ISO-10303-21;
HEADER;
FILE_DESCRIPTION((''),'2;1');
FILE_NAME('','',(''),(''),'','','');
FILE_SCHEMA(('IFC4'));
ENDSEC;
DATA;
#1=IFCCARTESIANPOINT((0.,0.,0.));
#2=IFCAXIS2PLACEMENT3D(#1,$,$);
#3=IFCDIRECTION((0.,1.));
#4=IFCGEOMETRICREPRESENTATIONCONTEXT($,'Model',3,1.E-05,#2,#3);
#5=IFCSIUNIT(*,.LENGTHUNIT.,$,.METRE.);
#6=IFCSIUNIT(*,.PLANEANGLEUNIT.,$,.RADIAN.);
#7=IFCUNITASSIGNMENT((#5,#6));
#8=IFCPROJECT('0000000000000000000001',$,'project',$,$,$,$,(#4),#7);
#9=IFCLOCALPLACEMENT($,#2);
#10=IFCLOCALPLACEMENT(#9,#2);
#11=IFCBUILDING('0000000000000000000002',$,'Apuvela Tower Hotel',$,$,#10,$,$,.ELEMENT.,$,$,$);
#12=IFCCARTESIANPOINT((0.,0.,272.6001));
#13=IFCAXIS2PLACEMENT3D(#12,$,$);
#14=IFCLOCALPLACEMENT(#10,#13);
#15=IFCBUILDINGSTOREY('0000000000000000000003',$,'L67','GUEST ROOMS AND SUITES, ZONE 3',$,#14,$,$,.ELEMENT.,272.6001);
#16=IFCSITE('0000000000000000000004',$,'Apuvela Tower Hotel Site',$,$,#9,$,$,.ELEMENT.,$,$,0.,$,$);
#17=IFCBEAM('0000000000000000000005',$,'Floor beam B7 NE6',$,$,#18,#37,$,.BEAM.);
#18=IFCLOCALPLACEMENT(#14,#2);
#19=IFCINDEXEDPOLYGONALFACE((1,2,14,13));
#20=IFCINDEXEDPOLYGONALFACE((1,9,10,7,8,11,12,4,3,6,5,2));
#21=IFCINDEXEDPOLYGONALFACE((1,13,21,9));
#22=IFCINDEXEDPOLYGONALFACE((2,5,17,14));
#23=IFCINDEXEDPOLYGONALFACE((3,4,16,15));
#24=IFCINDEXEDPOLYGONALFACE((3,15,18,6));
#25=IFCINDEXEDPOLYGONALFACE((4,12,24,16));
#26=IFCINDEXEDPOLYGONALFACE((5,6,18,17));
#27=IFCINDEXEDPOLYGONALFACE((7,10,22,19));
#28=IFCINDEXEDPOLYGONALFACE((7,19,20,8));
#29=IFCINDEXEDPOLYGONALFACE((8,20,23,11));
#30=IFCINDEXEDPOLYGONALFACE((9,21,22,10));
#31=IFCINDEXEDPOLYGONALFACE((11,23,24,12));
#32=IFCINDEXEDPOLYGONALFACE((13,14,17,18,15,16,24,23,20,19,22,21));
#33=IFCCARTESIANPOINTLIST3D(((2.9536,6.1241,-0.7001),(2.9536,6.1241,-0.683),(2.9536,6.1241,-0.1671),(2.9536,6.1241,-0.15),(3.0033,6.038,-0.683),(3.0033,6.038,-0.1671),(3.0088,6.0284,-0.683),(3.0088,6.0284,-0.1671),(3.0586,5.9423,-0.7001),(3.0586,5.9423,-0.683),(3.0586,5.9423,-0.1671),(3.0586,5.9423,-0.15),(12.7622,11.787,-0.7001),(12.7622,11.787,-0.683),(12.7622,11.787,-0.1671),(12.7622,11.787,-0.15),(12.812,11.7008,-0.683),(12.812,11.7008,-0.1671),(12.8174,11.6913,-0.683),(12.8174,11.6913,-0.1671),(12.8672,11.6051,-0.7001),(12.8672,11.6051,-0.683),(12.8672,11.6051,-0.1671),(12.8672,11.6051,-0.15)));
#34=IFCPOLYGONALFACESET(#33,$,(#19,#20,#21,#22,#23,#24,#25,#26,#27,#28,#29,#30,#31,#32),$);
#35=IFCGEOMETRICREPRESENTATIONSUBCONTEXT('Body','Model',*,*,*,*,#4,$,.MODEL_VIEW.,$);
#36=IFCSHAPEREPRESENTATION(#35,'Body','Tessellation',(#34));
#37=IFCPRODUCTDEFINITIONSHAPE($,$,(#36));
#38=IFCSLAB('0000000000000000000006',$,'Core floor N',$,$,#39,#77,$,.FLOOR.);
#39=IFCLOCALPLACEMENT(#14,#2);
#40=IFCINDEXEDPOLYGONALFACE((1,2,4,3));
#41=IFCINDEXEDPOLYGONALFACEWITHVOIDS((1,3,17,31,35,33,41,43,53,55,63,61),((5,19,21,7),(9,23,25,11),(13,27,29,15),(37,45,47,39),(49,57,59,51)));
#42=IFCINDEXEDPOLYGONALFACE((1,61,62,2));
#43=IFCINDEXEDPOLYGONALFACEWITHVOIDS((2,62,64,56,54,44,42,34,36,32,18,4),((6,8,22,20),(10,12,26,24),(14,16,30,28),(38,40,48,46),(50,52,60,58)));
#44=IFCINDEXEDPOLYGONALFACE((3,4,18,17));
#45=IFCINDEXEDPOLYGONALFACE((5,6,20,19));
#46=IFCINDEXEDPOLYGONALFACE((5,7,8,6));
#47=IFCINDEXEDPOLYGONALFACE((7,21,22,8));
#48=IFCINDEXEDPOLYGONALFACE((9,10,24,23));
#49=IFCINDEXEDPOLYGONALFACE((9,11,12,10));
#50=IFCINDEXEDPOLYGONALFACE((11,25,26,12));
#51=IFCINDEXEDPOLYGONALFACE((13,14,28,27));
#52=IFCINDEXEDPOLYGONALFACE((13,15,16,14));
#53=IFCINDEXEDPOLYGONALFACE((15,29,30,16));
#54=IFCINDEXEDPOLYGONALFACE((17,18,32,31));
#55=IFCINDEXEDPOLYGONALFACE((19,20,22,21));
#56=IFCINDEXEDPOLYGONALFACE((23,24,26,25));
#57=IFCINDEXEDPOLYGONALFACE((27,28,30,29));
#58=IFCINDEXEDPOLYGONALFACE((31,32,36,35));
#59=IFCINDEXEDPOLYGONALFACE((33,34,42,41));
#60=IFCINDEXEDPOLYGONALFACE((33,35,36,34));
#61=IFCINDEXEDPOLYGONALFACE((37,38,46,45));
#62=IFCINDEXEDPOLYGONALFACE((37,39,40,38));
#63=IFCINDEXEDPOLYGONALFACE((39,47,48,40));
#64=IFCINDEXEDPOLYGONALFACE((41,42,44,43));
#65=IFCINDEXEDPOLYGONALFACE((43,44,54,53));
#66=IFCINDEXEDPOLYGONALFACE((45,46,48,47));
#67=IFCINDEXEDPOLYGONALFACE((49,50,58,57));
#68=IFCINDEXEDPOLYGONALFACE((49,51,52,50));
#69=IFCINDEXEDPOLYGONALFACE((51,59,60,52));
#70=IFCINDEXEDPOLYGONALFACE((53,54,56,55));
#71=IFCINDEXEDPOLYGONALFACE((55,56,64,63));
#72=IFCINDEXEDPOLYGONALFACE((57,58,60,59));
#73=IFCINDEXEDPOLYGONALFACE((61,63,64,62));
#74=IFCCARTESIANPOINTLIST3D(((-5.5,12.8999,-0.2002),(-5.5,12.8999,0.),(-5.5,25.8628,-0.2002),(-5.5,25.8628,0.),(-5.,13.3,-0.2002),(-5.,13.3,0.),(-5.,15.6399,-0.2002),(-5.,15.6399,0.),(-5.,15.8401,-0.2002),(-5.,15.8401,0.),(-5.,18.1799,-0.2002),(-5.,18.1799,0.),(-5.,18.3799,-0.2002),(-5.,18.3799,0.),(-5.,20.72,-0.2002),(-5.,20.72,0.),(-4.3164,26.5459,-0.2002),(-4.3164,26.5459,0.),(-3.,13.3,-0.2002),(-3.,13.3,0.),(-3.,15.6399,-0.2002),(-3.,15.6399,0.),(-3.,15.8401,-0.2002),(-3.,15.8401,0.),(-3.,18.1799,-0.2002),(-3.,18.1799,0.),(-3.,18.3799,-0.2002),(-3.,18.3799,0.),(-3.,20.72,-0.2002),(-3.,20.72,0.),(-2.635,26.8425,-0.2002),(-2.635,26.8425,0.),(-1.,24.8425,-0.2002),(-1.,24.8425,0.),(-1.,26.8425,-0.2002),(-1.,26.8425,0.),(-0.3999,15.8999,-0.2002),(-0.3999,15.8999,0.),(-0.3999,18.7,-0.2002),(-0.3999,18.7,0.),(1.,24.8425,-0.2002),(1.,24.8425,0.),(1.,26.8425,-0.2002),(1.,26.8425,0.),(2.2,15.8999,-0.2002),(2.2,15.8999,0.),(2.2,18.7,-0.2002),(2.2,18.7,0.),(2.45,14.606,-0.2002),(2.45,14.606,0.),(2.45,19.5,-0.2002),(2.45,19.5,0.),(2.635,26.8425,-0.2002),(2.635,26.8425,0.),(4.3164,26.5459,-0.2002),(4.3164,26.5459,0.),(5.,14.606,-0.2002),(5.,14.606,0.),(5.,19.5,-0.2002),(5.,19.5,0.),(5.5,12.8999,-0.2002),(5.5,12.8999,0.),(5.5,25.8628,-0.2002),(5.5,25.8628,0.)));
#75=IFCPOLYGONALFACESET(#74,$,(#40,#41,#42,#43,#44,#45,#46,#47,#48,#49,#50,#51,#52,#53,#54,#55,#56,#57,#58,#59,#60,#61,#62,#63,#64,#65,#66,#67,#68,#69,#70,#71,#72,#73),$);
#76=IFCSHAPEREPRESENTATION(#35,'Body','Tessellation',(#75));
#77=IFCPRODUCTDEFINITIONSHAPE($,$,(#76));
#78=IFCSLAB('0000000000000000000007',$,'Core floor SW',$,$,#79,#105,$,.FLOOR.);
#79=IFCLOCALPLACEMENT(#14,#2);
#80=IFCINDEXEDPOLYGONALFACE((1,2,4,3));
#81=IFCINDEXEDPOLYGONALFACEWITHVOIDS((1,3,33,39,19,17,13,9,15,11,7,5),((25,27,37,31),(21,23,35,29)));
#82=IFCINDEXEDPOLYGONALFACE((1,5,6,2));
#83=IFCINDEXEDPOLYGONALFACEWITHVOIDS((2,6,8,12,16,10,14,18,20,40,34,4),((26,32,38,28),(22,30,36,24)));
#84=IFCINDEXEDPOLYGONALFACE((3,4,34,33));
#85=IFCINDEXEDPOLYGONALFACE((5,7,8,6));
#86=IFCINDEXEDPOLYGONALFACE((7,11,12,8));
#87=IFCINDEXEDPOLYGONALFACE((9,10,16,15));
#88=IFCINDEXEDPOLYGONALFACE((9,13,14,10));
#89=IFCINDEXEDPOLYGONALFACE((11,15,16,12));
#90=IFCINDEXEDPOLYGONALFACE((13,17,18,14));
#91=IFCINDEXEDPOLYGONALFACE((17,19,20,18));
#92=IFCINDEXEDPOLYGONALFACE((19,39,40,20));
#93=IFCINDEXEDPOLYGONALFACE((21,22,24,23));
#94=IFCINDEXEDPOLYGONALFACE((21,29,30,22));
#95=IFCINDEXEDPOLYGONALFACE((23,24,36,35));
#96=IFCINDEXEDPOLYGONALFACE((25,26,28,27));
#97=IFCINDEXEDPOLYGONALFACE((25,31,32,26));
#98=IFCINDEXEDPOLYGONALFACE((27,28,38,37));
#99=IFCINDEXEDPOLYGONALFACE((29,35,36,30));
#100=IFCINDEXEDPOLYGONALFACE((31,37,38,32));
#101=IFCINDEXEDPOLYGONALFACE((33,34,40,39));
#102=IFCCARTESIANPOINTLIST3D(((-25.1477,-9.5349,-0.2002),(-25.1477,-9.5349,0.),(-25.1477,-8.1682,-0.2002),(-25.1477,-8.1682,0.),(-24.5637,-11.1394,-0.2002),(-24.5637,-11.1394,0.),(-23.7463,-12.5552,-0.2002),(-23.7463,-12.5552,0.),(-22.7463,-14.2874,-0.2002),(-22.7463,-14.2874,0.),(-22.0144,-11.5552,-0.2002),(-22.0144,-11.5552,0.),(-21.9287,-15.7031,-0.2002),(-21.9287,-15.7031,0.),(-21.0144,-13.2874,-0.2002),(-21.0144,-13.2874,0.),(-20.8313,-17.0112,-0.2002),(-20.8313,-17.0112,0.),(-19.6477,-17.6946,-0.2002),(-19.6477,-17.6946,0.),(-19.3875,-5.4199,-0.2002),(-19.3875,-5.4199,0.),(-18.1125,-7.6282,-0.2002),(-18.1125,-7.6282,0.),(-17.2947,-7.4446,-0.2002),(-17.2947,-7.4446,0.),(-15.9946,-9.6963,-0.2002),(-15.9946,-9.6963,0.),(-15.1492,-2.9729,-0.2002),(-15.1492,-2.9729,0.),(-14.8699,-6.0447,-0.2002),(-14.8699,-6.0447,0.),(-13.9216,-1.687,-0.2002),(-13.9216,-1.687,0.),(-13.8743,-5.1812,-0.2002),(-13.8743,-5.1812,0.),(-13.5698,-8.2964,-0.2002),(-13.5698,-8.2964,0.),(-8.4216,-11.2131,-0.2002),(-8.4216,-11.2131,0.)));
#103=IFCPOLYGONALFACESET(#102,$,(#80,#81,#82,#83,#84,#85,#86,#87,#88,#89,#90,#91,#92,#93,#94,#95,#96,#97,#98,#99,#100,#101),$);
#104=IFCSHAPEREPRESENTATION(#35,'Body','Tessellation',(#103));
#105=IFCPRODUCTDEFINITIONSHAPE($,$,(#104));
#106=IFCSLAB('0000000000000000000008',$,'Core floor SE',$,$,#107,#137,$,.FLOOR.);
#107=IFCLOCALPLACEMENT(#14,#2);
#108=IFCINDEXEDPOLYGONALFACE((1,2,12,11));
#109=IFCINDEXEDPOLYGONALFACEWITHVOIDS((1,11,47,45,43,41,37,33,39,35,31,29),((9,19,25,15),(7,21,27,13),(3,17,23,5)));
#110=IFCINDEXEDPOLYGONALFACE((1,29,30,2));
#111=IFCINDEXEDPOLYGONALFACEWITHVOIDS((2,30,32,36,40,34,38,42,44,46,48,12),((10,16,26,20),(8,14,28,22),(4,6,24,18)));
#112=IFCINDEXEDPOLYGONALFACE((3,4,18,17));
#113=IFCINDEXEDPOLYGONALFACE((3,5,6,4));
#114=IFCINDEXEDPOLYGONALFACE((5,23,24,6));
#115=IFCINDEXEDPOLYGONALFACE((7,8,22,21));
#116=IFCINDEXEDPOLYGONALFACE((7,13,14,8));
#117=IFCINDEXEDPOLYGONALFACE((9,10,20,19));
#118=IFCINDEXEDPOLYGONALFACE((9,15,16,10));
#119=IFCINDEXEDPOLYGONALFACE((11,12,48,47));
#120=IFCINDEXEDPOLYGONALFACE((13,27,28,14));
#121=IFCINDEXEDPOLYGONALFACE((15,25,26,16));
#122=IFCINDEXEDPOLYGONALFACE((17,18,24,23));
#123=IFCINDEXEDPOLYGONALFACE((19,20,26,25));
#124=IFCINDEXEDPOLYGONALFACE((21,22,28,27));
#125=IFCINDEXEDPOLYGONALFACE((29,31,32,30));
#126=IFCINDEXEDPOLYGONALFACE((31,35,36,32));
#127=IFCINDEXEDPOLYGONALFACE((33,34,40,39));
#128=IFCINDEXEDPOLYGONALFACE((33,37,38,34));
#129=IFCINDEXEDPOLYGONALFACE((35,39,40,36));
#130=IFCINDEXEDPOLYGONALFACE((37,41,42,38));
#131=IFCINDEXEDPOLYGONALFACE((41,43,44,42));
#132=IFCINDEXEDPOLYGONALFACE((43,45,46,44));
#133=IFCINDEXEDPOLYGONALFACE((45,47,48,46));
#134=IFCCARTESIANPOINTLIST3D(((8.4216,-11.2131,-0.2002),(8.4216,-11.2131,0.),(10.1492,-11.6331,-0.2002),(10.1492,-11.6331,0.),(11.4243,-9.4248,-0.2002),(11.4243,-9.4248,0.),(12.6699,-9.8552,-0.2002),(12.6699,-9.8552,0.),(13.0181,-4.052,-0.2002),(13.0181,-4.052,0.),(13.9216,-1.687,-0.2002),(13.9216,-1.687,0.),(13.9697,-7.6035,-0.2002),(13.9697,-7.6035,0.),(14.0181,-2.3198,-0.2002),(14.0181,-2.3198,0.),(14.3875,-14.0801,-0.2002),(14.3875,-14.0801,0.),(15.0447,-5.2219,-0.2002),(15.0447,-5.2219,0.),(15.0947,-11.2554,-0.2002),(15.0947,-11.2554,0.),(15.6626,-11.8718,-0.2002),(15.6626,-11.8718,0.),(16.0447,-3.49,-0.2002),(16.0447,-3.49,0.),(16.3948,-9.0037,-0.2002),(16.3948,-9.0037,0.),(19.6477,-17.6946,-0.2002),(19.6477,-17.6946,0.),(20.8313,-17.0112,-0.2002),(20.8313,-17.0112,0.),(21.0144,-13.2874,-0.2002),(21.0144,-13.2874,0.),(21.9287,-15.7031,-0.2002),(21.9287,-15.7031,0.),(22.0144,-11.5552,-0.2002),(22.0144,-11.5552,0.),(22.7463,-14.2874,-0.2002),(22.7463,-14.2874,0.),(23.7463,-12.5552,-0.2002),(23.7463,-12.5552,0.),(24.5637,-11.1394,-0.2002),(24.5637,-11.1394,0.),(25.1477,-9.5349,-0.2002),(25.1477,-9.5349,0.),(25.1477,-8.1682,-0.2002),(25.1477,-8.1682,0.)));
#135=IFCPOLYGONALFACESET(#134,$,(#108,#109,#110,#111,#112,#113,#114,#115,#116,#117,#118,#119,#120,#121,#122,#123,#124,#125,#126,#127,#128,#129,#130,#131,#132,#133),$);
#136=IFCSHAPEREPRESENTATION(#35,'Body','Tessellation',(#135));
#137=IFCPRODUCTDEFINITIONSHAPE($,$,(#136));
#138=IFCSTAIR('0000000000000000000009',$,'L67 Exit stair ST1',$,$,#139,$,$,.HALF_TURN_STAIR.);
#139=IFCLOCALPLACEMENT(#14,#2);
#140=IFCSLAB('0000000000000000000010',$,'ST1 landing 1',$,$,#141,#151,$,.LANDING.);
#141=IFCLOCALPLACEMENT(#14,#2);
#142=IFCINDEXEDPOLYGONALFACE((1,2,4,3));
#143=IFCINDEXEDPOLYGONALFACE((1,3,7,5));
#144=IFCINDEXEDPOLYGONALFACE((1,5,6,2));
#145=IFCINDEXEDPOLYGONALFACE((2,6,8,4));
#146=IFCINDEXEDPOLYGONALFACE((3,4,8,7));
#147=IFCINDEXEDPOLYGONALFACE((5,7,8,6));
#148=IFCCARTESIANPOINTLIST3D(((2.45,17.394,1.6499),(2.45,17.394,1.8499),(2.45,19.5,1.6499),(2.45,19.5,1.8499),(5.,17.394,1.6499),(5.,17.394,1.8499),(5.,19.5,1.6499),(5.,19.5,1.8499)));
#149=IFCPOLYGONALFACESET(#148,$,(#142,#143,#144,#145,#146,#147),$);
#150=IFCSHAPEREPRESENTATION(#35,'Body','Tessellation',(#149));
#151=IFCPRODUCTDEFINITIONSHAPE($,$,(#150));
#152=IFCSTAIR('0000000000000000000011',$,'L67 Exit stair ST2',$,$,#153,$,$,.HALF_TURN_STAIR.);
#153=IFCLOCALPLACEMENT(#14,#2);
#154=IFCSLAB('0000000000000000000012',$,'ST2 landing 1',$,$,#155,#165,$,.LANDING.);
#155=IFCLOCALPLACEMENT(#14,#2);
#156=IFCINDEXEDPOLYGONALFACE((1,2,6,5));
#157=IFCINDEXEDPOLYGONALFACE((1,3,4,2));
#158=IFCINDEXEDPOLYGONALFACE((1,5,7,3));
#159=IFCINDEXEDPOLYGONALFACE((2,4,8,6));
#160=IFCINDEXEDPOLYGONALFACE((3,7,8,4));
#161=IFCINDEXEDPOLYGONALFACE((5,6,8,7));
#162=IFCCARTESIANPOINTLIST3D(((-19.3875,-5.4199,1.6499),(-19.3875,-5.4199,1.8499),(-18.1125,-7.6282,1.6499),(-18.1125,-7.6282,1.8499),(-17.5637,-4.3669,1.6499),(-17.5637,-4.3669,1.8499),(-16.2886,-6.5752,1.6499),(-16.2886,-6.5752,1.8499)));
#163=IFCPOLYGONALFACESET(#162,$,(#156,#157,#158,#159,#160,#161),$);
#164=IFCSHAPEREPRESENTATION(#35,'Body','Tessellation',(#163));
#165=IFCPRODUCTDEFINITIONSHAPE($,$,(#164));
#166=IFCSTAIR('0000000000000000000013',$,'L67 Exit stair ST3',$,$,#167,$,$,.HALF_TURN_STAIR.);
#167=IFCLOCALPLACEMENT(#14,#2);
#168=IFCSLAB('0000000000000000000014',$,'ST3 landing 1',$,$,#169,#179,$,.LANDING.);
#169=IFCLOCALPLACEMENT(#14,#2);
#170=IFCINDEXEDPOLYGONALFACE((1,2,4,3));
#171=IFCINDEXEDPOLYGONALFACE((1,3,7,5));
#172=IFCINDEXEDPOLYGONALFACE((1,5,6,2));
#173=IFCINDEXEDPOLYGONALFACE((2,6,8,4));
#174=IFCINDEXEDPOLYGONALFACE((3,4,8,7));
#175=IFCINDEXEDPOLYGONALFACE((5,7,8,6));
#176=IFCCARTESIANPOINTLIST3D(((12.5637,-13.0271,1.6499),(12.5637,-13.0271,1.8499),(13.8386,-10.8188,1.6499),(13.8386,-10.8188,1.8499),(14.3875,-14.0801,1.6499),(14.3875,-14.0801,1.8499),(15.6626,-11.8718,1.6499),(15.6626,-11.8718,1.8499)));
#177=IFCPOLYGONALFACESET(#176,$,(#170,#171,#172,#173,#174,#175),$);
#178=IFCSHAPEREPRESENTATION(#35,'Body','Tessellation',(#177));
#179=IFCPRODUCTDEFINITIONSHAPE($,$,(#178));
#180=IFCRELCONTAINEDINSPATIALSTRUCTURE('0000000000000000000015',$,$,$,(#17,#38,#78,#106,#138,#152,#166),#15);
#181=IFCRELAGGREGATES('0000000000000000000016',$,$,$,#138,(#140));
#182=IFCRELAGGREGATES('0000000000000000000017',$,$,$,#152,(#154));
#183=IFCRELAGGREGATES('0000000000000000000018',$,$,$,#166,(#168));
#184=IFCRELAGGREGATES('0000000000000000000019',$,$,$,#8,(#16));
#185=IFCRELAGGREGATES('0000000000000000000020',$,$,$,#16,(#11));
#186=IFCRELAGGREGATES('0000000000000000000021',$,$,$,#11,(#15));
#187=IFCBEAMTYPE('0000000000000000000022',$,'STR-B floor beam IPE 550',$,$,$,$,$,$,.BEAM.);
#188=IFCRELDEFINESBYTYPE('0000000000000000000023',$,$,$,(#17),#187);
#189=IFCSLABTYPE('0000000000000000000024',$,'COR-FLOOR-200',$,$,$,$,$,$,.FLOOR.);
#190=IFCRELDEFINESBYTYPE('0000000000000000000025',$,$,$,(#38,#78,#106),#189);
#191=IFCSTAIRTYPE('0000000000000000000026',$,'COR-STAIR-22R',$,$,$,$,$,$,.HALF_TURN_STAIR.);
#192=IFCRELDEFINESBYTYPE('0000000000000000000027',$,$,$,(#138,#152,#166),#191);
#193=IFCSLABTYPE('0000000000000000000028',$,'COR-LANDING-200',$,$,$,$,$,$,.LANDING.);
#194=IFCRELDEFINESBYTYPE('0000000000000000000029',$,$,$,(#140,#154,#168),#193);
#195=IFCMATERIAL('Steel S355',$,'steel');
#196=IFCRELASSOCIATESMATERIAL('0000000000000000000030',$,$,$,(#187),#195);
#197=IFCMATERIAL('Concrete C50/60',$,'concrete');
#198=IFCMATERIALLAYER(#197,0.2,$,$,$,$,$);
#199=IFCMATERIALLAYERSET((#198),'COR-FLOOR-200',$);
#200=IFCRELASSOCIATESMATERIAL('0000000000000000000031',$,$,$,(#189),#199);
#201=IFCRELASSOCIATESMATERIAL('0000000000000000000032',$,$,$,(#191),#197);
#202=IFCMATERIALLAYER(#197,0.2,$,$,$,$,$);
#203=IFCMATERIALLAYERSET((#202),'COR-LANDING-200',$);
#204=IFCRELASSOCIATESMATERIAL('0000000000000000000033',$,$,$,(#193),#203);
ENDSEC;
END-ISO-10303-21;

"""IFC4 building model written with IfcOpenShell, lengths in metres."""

from ifc_helpers import new_model, si_unit, direction, frame, origin, origin_2d, place, context, subcontext, project, spatial, polyline, i_section, outline, extrude, material, layer, layer_set, material_profile, profile_set, type_object, element, aggregate, save


model = new_model("IFC4")

# Units and contexts
model_context = context("Model", 3, precision=1e-05, world=origin(), true_north=direction((0.0, 1.0)))
body_context = subcontext(model_context, "Body", "Model", "MODEL_VIEW")
ifc_project = project(units=[si_unit("LENGTHUNIT", "METRE"), si_unit("PLANEANGLEUNIT", "RADIAN")], contexts=[model_context])

# Site, building, storey
site_placement = place(None, origin())
site = spatial("IfcSite", under=ifc_project, at=site_placement, Name="Apuvela Tower Hotel Site", CompositionType="ELEMENT", RefElevation=0.0)
building_placement = place(site_placement, origin())
building = spatial("IfcBuilding", under=site, at=building_placement, Name="Apuvela Tower Hotel", CompositionType="ELEMENT")
storey_placement = place(building_placement, frame((0.0, 0.0, 272.6001)))
storey = spatial("IfcBuildingStorey", under=building, at=storey_placement, Name="L67", Description="GUEST ROOMS AND SUITES, ZONE 3", CompositionType="ELEMENT", Elevation=272.6001)

# Beam
ifc_material_1 = material(Name="Steel S355", Category="steel")
ifc_material_profile = material_profile(ifc_material_1, i_section(OverallWidth=0.21, OverallDepth=0.55, WebThickness=0.011, FlangeThickness=0.0171, at=origin_2d()), Name="IPE 550")
ifc_profile_set = profile_set([ifc_material_profile], Name="Steel S355")
beam_type = type_object("IfcBeamType", Name="STR-B floor beam IPE 550", PredefinedType="BEAM", material=ifc_profile_set)
beam_placement = place(storey_placement, frame((12.8147, 11.696, -0.425), z_axis=(-0.866031, -0.49999, 0.0), x_axis=(0.49999, -0.866031, 0.0)))
element("IfcBeam", 1, at=beam_placement, inside=storey, type_object=beam_type, Name="Floor beam B7 NE6", PredefinedType="BEAM", context=body_context, shape_type="SweptSolid", body=[
    extrude(i_section(OverallWidth=0.21, OverallDepth=0.55, WebThickness=0.011, FlangeThickness=0.0171, at=origin_2d()), origin(), (0.0, 0.0, 1.0), 11.3259),
])

# Slabs
ifc_material_2 = material(Name="Concrete C50/60", Category="concrete")
ifc_layer_1 = layer(ifc_material_2, 0.2)
ifc_layer_set_1 = layer_set([ifc_layer_1], Name="COR-FLOOR-200")
slab_type_1 = type_object("IfcSlabType", Name="COR-FLOOR-200", PredefinedType="FLOOR", material=ifc_layer_set_1)
slab_1_placement = place(storey_placement, frame((0.0, 0.0, -0.2002)))
element("IfcSlab", 2, at=slab_1_placement, inside=storey, type_object=slab_type_1, Name="Core floor N", PredefinedType="FLOOR", context=body_context, shape_type="SweptSolid", body=[
    extrude(outline(polyline([(5.5, 25.8628), (4.3164, 26.5459), (2.635, 26.8425), (1.0, 26.8425), (1.0, 24.8425), (-1.0, 24.8425), (-1.0, 26.8425), (-2.635, 26.8425), (-4.3164, 26.5459), (-5.5, 25.8628), (-5.5, 12.8999), (5.5, 12.8999), (5.5, 25.8628)]), holes=[polyline([(-3.0, 13.3), (-5.0, 13.3), (-5.0, 15.6399), (-3.0, 15.6399), (-3.0, 13.3)]), polyline([(-3.0, 15.8401), (-5.0, 15.8401), (-5.0, 18.1799), (-3.0, 18.1799), (-3.0, 15.8401)]), polyline([(5.0, 14.606), (2.45, 14.606), (2.45, 19.5), (5.0, 19.5), (5.0, 14.606)]), polyline([(2.2, 18.7), (2.2, 15.8999), (-0.3999, 15.8999), (-0.3999, 18.7), (2.2, 18.7)]), polyline([(-3.0, 20.72), (-3.0, 18.3799), (-5.0, 18.3799), (-5.0, 20.72), (-3.0, 20.72)])]), origin(), (0.0, 0.0, 1.0), 0.2002),
])
slab_2_placement = place(storey_placement, frame((0.0, 0.0, -0.2002)))
element("IfcSlab", 3, at=slab_2_placement, inside=storey, type_object=slab_type_1, Name="Core floor SW", PredefinedType="FLOOR", context=body_context, shape_type="SweptSolid", body=[
    extrude(outline(polyline([(-25.1477, -8.1682), (-25.1477, -9.5349), (-24.5637, -11.1394), (-23.7463, -12.5552), (-22.0144, -11.5552), (-21.0144, -13.2874), (-22.7463, -14.2874), (-21.9287, -15.7031), (-20.8313, -17.0112), (-19.6477, -17.6946), (-8.4216, -11.2131), (-13.9216, -1.687), (-25.1477, -8.1682)]), holes=[polyline([(-13.8743, -5.1812), (-18.1125, -7.6282), (-19.3875, -5.4199), (-15.1492, -2.9729), (-13.8743, -5.1812)]), polyline([(-13.5698, -8.2964), (-15.9946, -9.6963), (-17.2947, -7.4446), (-14.8699, -6.0447), (-13.5698, -8.2964)])]), origin(), (0.0, 0.0, 1.0), 0.2002),
])
slab_3_placement = place(storey_placement, frame((0.0, 0.0, -0.2002)))
element("IfcSlab", 4, at=slab_3_placement, inside=storey, type_object=slab_type_1, Name="Core floor SE", PredefinedType="FLOOR", context=body_context, shape_type="SweptSolid", body=[
    extrude(outline(polyline([(19.6477, -17.6946), (20.8313, -17.0112), (21.9287, -15.7031), (22.7463, -14.2874), (21.0144, -13.2874), (22.0144, -11.5552), (23.7463, -12.5552), (24.5637, -11.1394), (25.1477, -9.5349), (25.1477, -8.1682), (13.9216, -1.687), (8.4216, -11.2131), (19.6477, -17.6946)]), holes=[polyline([(14.0181, -2.3198), (16.0447, -3.49), (15.0447, -5.2219), (13.0181, -4.052), (14.0181, -2.3198)]), polyline([(10.1492, -11.6331), (11.4243, -9.4248), (15.6626, -11.8718), (14.3875, -14.0801), (10.1492, -11.6331)]), polyline([(12.6699, -9.8552), (13.9697, -7.6035), (16.3948, -9.0037), (15.0947, -11.2554), (12.6699, -9.8552)])]), origin(), (0.0, 0.0, 1.0), 0.2002),
])

# Stairs, slabs
stair_type = type_object("IfcStairType", Name="COR-STAIR-22R", PredefinedType="HALF_TURN_STAIR", material=ifc_material_2)
stair_1_placement = place(storey_placement, origin())
stair_1 = element("IfcStair", 5, at=stair_1_placement, inside=storey, type_object=stair_type, Name="L67 Exit stair ST1", PredefinedType="HALF_TURN_STAIR")
ifc_layer_2 = layer(ifc_material_2, 0.2)
ifc_layer_set_2 = layer_set([ifc_layer_2], Name="COR-LANDING-200")
slab_type_2 = type_object("IfcSlabType", Name="COR-LANDING-200", PredefinedType="LANDING", material=ifc_layer_set_2)
slab_4_placement = place(storey_placement, frame((0.0, 0.0, 1.6499)))
slab_4 = element("IfcSlab", 6, at=slab_4_placement, type_object=slab_type_2, Name="ST1 landing 1", PredefinedType="LANDING", context=body_context, shape_type="SweptSolid", body=[
    extrude(outline(polyline([(5.0, 17.394), (5.0, 19.5), (2.45, 19.5), (2.45, 17.394), (5.0, 17.394)])), origin(), (0.0, 0.0, 1.0), 0.2),
])
aggregate(stair_1, [slab_4])
stair_2_placement = place(storey_placement, origin())
stair_2 = element("IfcStair", 7, at=stair_2_placement, inside=storey, type_object=stair_type, Name="L67 Exit stair ST2", PredefinedType="HALF_TURN_STAIR")
slab_5_placement = place(storey_placement, frame((0.0, 0.0, 1.6499)))
slab_5 = element("IfcSlab", 8, at=slab_5_placement, type_object=slab_type_2, Name="ST2 landing 1", PredefinedType="LANDING", context=body_context, shape_type="SweptSolid", body=[
    extrude(outline(polyline([(-17.5637, -4.3669), (-19.3875, -5.4199), (-18.1125, -7.6282), (-16.2886, -6.5752), (-17.5637, -4.3669)])), origin(), (0.0, 0.0, 1.0), 0.2),
])
aggregate(stair_2, [slab_5])
stair_3_placement = place(storey_placement, origin())
stair_3 = element("IfcStair", 9, at=stair_3_placement, inside=storey, type_object=stair_type, Name="L67 Exit stair ST3", PredefinedType="HALF_TURN_STAIR")
slab_6_placement = place(storey_placement, frame((0.0, 0.0, 1.6499)))
slab_6 = element("IfcSlab", 10, at=slab_6_placement, type_object=slab_type_2, Name="ST3 landing 1", PredefinedType="LANDING", context=body_context, shape_type="SweptSolid", body=[
    extrude(outline(polyline([(12.5637, -13.0271), (14.3875, -14.0801), (15.6626, -11.8718), (13.8386, -10.8188), (12.5637, -13.0271)])), origin(), (0.0, 0.0, 1.0), 0.2),
])
aggregate(stair_3, [slab_6])

save(model, "model.ifc")
